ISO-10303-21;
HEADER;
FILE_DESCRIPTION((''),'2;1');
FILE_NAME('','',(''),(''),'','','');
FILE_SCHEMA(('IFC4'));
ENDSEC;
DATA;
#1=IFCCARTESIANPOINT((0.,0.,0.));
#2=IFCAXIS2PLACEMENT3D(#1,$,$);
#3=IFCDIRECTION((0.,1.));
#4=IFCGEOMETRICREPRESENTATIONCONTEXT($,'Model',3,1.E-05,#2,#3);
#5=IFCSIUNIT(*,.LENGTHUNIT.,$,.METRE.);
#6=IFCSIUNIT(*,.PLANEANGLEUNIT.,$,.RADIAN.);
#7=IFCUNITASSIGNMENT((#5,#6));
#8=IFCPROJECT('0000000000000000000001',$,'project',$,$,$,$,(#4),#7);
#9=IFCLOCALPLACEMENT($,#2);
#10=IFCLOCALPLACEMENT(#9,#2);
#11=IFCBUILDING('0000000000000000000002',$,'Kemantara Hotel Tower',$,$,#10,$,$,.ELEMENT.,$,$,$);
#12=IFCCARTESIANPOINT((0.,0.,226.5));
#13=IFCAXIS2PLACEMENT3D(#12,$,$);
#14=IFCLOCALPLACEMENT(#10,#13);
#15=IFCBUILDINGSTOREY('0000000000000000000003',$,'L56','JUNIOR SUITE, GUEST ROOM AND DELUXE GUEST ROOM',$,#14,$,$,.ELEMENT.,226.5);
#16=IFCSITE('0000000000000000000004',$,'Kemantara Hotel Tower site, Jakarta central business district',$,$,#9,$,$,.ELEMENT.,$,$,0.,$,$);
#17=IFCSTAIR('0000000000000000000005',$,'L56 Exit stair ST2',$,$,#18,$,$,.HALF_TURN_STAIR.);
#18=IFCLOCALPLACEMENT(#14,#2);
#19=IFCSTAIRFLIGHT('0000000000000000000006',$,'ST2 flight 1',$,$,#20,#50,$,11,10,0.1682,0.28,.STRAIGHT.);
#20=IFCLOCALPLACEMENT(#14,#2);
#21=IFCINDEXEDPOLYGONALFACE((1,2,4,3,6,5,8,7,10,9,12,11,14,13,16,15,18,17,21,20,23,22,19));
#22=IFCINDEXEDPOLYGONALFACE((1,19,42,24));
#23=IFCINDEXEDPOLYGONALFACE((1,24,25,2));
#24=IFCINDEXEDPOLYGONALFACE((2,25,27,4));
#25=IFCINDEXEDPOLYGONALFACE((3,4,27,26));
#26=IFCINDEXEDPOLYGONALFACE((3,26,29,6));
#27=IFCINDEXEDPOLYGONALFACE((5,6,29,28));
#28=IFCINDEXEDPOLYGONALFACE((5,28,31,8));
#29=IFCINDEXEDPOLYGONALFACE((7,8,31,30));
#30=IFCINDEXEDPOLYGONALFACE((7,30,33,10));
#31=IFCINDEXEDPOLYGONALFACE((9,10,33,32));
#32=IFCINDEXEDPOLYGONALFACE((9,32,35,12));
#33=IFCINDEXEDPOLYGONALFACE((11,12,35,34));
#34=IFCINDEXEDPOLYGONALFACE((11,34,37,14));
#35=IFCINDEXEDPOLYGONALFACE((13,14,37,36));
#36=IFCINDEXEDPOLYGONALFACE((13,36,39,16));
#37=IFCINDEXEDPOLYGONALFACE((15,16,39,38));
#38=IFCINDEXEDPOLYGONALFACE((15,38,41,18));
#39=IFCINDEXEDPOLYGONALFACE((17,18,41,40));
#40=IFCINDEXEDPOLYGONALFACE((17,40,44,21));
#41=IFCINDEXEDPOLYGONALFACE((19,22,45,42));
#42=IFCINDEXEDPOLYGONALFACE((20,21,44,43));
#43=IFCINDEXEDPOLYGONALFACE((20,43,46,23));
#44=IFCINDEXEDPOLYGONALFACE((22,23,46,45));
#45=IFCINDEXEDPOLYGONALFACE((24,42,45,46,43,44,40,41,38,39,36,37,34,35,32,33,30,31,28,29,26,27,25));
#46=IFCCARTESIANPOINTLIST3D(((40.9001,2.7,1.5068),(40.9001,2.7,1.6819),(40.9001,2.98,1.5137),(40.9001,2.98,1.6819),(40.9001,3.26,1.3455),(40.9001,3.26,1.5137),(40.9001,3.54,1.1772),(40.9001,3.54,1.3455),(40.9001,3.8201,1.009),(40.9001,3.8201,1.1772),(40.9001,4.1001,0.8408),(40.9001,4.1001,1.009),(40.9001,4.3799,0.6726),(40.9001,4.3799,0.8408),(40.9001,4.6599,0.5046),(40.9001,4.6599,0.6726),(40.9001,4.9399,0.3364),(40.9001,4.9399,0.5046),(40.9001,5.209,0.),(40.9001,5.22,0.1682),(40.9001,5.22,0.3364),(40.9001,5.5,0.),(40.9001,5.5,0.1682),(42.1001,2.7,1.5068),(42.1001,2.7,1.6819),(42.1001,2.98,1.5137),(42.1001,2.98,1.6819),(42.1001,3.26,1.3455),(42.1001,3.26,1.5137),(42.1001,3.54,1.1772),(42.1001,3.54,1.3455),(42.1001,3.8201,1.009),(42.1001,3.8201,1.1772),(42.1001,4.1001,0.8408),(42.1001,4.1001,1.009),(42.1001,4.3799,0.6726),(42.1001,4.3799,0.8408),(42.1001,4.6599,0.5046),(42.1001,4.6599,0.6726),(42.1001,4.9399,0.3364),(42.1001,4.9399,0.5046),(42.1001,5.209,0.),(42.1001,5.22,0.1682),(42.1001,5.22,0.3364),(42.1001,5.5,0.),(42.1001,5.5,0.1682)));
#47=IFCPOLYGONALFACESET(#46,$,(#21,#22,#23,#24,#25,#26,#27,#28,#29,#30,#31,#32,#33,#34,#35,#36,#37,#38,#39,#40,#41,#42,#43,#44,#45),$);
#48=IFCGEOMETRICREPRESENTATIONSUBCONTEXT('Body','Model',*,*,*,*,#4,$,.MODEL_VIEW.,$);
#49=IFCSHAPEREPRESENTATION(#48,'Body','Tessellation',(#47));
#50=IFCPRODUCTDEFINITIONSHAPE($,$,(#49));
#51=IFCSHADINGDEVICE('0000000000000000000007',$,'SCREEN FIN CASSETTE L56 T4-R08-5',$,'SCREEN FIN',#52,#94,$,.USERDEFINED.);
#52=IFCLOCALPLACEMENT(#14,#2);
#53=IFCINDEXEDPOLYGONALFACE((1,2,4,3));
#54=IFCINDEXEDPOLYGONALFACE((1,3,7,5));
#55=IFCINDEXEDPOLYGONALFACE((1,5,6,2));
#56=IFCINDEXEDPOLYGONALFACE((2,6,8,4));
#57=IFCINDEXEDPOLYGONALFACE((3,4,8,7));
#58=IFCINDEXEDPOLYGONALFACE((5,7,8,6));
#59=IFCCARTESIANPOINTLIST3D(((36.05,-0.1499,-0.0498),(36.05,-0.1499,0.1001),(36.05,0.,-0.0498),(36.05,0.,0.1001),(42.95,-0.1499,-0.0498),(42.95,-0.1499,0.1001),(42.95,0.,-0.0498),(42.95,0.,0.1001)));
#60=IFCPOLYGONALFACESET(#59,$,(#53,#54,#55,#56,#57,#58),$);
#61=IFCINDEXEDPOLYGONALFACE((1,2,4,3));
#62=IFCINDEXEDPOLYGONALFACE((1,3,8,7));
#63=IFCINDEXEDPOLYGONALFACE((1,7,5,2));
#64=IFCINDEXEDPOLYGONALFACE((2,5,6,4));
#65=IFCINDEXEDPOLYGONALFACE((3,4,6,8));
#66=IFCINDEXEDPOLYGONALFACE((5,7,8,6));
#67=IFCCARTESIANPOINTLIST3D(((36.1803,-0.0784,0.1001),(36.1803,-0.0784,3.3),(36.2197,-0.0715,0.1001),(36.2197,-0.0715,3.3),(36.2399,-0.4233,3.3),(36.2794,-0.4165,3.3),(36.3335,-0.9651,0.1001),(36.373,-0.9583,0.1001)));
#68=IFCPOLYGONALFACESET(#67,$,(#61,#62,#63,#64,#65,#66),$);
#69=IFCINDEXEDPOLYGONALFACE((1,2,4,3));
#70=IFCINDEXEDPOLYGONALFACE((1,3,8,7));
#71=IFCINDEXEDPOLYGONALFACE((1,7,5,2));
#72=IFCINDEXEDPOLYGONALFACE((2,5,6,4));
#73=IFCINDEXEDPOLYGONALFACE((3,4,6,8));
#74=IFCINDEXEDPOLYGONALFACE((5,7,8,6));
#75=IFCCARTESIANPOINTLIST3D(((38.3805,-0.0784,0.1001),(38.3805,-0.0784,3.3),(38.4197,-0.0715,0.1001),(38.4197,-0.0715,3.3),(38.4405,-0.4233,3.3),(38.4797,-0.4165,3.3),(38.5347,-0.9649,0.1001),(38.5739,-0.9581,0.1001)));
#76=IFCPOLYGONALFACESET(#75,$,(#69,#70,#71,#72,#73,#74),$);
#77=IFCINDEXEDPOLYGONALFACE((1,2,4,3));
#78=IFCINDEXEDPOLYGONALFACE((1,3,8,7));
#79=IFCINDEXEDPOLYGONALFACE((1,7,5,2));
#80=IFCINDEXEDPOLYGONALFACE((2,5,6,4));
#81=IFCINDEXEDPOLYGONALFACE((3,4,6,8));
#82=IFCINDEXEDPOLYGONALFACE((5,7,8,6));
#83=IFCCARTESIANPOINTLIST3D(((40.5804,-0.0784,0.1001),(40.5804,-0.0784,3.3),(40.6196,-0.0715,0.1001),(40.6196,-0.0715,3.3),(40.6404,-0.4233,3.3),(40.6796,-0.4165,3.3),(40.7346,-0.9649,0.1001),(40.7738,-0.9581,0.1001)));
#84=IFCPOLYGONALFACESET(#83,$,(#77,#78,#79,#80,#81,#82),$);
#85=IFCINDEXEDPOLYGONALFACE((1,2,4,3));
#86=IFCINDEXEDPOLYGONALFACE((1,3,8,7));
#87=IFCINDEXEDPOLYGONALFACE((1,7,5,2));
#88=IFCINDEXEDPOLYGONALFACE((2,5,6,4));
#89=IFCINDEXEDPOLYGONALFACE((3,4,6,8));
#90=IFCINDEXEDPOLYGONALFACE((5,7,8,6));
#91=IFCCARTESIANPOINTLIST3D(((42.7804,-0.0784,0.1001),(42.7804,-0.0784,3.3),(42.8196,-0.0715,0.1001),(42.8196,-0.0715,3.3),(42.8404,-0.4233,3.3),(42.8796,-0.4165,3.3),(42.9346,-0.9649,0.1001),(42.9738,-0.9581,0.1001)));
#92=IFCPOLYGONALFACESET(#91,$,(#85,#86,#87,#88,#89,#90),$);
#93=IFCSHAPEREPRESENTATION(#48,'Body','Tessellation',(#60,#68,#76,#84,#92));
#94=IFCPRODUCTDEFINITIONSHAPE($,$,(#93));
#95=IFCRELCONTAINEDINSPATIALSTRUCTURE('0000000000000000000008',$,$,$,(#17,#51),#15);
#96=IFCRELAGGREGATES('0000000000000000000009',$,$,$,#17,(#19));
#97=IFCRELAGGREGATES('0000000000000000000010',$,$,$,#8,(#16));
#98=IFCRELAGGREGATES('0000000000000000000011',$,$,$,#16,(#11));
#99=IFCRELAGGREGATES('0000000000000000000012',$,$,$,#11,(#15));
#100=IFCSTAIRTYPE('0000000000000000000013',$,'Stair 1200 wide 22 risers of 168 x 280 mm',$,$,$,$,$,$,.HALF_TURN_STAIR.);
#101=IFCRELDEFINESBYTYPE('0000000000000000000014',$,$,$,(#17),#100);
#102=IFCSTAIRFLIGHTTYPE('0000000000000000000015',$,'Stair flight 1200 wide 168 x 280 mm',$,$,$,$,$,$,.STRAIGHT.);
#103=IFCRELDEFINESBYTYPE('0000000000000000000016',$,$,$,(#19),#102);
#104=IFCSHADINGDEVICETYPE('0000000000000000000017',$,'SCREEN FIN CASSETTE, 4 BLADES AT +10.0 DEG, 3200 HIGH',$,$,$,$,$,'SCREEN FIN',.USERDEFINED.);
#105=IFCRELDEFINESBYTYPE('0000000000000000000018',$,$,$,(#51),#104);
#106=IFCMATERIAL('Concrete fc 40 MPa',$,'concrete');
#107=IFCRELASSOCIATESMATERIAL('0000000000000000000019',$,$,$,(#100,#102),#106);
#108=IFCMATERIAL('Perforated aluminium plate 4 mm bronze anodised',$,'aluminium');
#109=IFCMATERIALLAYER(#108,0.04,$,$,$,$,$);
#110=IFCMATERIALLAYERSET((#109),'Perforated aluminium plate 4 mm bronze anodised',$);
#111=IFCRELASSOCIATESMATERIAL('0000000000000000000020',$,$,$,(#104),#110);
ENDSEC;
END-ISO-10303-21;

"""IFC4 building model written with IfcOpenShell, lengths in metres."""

from ifc_helpers import new_model, si_unit, direction, frame, origin, origin_2d, place, context, subcontext, project, spatial, polyline, rectangle, outline, extrude, source, transform, mapped, material, layer, layer_set, type_object, element, aggregate, save


model = new_model("IFC4")

# Units and contexts
model_context = context("Model", 3, precision=1e-05, world=origin(), true_north=direction((0.0, 1.0)))
body_context = subcontext(model_context, "Body", "Model", "MODEL_VIEW")
ifc_project = project(units=[si_unit("LENGTHUNIT", "METRE"), si_unit("PLANEANGLEUNIT", "RADIAN")], contexts=[model_context])

# Site, building, storey
site_placement = place(None, origin())
site = spatial("IfcSite", under=ifc_project, at=site_placement, Name="Kemantara Hotel Tower site, Jakarta central business district", CompositionType="ELEMENT", RefElevation=0.0)
building_placement = place(site_placement, origin())
building = spatial("IfcBuilding", under=site, at=building_placement, Name="Kemantara Hotel Tower", CompositionType="ELEMENT")
storey_placement = place(building_placement, frame((0.0, 0.0, 226.5)))
storey = spatial("IfcBuildingStorey", under=building, at=storey_placement, Name="L56", Description="JUNIOR SUITE, GUEST ROOM AND DELUXE GUEST ROOM", CompositionType="ELEMENT", Elevation=226.5)

# Stair, stair flight
ifc_material_1 = material(Name="Concrete fc 40 MPa", Category="concrete")
stair_type = type_object("IfcStairType", Name="Stair 1200 wide 22 risers of 168 x 280 mm", PredefinedType="HALF_TURN_STAIR", material=ifc_material_1)
stair_placement = place(storey_placement, origin())
stair = element("IfcStair", 1, at=stair_placement, inside=storey, type_object=stair_type, Name="L56 Exit stair ST2", PredefinedType="HALF_TURN_STAIR")
stair_flight_type = type_object("IfcStairFlightType", Name="Stair flight 1200 wide 168 x 280 mm", PredefinedType="STRAIGHT", material=ifc_material_1)
stair_flight_placement = place(storey_placement, frame((41.5, 5.5, 0.0), z_axis=(0.0, 0.0, 1.0), x_axis=(0.0, -1.0, 0.0)))
stair_flight = element("IfcStairFlight", 2, at=stair_flight_placement, type_object=stair_flight_type, Name="ST2 flight 1", NumberOfRisers=11, NumberOfTreads=10, PredefinedType="STRAIGHT", RiserHeight=0.1682, TreadLength=0.28, context=body_context, shape_type="SweptSolid", body=[
    extrude(outline(polyline([(0.0, 0.0), (0.0, 0.1682), (0.28, 0.1682), (0.28, 0.3364), (0.5601, 0.3364), (0.5601, 0.5046), (0.8401, 0.5046), (0.8401, 0.6726), (1.1201, 0.6726), (1.1201, 0.8408), (1.3999, 0.8408), (1.3999, 1.009), (1.6799, 1.009), (1.6799, 1.1772), (1.96, 1.1772), (1.96, 1.3455), (2.24, 1.3455), (2.24, 1.5137), (2.52, 1.5137), (2.52, 1.6819), (2.8, 1.6819), (2.8, 1.8501), (2.8, 1.5068), (0.291, 0.0), (0.0, 0.0)])), frame((0.0, 0.6001, 0.0), z_axis=(0.0, -1.0, 0.0), x_axis=(1.0, 0.0, 0.0)), (0.0, 0.0, 1.0), 1.2),
])
aggregate(stair, [stair_flight])

# Shading device
ifc_material_2 = material(Name="Perforated aluminium plate 4 mm bronze anodised", Category="aluminium")
ifc_layer_1 = layer(ifc_material_2, 0.04)
ifc_layer_set_1 = layer_set([ifc_layer_1], Name="Perforated aluminium plate 4 mm bronze anodised")
shading_device_type = type_object("IfcShadingDeviceType", Name="SCREEN FIN CASSETTE, 4 BLADES AT +10.0 DEG, 3200 HIGH", ElementType="SCREEN FIN", PredefinedType="USERDEFINED", material=ifc_layer_set_1)
shared_shape = source(origin(), body_context, "Body", "SweptSolid", [
    extrude(rectangle(XDim=6.8999, YDim=0.1499, at=origin_2d()), frame((3.3, -0.075, -0.1499), z_axis=(0.0, 0.0, 1.0), x_axis=(1.0, 0.0, 0.0)), (0.0, 0.0, 1.0), 0.1499),
    extrude(outline(polyline([(0.0, 0.0), (0.8999, 0.0), (0.3501, 3.2), (0.0, 3.2), (0.0, 0.0)])), frame((0.0198, -0.0715, 0.0), z_axis=(-0.98539, -0.170314, 0.0), x_axis=(0.170314, -0.98539, 0.0)), (0.0, 0.0, 1.0), 0.04),
    extrude(outline(polyline([(0.0, 0.0), (0.8999, 0.0), (0.3501, 3.2), (0.0, 3.2), (0.0, 0.0)])), frame((2.2197, -0.0715, 0.0), z_axis=(-0.985212, -0.171341, 0.0), x_axis=(0.171341, -0.985212, 0.0)), (0.0, 0.0, 1.0), 0.0398),
    extrude(outline(polyline([(0.0, 0.0), (0.8999, 0.0), (0.3501, 3.2), (0.0, 3.2), (0.0, 0.0)])), frame((4.4197, -0.0715, 0.0), z_axis=(-0.985212, -0.171341, 0.0), x_axis=(0.171341, -0.985212, 0.0)), (0.0, 0.0, 1.0), 0.0398),
    extrude(outline(polyline([(0.0, 0.0), (0.8999, 0.0), (0.3501, 3.2), (0.0, 3.2), (0.0, 0.0)])), frame((6.6196, -0.0715, 0.0), z_axis=(-0.985212, -0.171341, 0.0), x_axis=(0.171341, -0.985212, 0.0)), (0.0, 0.0, 1.0), 0.0398),
])
shading_device_placement = place(storey_placement, frame((36.2, 0.0, 0.1001), z_axis=(0.0, 0.0, 1.0), x_axis=(1.0, 0.0, 0.0)))
element("IfcShadingDevice", 3, at=shading_device_placement, inside=storey, type_object=shading_device_type, Name="SCREEN FIN CASSETTE L56 T4-R08-5", ObjectType="SCREEN FIN", PredefinedType="USERDEFINED", context=body_context, shape_type="MappedRepresentation", body=[
    mapped(shared_shape, transform((0.0, 0.0, 0.0))),
])

save(model, "model.ifc")
